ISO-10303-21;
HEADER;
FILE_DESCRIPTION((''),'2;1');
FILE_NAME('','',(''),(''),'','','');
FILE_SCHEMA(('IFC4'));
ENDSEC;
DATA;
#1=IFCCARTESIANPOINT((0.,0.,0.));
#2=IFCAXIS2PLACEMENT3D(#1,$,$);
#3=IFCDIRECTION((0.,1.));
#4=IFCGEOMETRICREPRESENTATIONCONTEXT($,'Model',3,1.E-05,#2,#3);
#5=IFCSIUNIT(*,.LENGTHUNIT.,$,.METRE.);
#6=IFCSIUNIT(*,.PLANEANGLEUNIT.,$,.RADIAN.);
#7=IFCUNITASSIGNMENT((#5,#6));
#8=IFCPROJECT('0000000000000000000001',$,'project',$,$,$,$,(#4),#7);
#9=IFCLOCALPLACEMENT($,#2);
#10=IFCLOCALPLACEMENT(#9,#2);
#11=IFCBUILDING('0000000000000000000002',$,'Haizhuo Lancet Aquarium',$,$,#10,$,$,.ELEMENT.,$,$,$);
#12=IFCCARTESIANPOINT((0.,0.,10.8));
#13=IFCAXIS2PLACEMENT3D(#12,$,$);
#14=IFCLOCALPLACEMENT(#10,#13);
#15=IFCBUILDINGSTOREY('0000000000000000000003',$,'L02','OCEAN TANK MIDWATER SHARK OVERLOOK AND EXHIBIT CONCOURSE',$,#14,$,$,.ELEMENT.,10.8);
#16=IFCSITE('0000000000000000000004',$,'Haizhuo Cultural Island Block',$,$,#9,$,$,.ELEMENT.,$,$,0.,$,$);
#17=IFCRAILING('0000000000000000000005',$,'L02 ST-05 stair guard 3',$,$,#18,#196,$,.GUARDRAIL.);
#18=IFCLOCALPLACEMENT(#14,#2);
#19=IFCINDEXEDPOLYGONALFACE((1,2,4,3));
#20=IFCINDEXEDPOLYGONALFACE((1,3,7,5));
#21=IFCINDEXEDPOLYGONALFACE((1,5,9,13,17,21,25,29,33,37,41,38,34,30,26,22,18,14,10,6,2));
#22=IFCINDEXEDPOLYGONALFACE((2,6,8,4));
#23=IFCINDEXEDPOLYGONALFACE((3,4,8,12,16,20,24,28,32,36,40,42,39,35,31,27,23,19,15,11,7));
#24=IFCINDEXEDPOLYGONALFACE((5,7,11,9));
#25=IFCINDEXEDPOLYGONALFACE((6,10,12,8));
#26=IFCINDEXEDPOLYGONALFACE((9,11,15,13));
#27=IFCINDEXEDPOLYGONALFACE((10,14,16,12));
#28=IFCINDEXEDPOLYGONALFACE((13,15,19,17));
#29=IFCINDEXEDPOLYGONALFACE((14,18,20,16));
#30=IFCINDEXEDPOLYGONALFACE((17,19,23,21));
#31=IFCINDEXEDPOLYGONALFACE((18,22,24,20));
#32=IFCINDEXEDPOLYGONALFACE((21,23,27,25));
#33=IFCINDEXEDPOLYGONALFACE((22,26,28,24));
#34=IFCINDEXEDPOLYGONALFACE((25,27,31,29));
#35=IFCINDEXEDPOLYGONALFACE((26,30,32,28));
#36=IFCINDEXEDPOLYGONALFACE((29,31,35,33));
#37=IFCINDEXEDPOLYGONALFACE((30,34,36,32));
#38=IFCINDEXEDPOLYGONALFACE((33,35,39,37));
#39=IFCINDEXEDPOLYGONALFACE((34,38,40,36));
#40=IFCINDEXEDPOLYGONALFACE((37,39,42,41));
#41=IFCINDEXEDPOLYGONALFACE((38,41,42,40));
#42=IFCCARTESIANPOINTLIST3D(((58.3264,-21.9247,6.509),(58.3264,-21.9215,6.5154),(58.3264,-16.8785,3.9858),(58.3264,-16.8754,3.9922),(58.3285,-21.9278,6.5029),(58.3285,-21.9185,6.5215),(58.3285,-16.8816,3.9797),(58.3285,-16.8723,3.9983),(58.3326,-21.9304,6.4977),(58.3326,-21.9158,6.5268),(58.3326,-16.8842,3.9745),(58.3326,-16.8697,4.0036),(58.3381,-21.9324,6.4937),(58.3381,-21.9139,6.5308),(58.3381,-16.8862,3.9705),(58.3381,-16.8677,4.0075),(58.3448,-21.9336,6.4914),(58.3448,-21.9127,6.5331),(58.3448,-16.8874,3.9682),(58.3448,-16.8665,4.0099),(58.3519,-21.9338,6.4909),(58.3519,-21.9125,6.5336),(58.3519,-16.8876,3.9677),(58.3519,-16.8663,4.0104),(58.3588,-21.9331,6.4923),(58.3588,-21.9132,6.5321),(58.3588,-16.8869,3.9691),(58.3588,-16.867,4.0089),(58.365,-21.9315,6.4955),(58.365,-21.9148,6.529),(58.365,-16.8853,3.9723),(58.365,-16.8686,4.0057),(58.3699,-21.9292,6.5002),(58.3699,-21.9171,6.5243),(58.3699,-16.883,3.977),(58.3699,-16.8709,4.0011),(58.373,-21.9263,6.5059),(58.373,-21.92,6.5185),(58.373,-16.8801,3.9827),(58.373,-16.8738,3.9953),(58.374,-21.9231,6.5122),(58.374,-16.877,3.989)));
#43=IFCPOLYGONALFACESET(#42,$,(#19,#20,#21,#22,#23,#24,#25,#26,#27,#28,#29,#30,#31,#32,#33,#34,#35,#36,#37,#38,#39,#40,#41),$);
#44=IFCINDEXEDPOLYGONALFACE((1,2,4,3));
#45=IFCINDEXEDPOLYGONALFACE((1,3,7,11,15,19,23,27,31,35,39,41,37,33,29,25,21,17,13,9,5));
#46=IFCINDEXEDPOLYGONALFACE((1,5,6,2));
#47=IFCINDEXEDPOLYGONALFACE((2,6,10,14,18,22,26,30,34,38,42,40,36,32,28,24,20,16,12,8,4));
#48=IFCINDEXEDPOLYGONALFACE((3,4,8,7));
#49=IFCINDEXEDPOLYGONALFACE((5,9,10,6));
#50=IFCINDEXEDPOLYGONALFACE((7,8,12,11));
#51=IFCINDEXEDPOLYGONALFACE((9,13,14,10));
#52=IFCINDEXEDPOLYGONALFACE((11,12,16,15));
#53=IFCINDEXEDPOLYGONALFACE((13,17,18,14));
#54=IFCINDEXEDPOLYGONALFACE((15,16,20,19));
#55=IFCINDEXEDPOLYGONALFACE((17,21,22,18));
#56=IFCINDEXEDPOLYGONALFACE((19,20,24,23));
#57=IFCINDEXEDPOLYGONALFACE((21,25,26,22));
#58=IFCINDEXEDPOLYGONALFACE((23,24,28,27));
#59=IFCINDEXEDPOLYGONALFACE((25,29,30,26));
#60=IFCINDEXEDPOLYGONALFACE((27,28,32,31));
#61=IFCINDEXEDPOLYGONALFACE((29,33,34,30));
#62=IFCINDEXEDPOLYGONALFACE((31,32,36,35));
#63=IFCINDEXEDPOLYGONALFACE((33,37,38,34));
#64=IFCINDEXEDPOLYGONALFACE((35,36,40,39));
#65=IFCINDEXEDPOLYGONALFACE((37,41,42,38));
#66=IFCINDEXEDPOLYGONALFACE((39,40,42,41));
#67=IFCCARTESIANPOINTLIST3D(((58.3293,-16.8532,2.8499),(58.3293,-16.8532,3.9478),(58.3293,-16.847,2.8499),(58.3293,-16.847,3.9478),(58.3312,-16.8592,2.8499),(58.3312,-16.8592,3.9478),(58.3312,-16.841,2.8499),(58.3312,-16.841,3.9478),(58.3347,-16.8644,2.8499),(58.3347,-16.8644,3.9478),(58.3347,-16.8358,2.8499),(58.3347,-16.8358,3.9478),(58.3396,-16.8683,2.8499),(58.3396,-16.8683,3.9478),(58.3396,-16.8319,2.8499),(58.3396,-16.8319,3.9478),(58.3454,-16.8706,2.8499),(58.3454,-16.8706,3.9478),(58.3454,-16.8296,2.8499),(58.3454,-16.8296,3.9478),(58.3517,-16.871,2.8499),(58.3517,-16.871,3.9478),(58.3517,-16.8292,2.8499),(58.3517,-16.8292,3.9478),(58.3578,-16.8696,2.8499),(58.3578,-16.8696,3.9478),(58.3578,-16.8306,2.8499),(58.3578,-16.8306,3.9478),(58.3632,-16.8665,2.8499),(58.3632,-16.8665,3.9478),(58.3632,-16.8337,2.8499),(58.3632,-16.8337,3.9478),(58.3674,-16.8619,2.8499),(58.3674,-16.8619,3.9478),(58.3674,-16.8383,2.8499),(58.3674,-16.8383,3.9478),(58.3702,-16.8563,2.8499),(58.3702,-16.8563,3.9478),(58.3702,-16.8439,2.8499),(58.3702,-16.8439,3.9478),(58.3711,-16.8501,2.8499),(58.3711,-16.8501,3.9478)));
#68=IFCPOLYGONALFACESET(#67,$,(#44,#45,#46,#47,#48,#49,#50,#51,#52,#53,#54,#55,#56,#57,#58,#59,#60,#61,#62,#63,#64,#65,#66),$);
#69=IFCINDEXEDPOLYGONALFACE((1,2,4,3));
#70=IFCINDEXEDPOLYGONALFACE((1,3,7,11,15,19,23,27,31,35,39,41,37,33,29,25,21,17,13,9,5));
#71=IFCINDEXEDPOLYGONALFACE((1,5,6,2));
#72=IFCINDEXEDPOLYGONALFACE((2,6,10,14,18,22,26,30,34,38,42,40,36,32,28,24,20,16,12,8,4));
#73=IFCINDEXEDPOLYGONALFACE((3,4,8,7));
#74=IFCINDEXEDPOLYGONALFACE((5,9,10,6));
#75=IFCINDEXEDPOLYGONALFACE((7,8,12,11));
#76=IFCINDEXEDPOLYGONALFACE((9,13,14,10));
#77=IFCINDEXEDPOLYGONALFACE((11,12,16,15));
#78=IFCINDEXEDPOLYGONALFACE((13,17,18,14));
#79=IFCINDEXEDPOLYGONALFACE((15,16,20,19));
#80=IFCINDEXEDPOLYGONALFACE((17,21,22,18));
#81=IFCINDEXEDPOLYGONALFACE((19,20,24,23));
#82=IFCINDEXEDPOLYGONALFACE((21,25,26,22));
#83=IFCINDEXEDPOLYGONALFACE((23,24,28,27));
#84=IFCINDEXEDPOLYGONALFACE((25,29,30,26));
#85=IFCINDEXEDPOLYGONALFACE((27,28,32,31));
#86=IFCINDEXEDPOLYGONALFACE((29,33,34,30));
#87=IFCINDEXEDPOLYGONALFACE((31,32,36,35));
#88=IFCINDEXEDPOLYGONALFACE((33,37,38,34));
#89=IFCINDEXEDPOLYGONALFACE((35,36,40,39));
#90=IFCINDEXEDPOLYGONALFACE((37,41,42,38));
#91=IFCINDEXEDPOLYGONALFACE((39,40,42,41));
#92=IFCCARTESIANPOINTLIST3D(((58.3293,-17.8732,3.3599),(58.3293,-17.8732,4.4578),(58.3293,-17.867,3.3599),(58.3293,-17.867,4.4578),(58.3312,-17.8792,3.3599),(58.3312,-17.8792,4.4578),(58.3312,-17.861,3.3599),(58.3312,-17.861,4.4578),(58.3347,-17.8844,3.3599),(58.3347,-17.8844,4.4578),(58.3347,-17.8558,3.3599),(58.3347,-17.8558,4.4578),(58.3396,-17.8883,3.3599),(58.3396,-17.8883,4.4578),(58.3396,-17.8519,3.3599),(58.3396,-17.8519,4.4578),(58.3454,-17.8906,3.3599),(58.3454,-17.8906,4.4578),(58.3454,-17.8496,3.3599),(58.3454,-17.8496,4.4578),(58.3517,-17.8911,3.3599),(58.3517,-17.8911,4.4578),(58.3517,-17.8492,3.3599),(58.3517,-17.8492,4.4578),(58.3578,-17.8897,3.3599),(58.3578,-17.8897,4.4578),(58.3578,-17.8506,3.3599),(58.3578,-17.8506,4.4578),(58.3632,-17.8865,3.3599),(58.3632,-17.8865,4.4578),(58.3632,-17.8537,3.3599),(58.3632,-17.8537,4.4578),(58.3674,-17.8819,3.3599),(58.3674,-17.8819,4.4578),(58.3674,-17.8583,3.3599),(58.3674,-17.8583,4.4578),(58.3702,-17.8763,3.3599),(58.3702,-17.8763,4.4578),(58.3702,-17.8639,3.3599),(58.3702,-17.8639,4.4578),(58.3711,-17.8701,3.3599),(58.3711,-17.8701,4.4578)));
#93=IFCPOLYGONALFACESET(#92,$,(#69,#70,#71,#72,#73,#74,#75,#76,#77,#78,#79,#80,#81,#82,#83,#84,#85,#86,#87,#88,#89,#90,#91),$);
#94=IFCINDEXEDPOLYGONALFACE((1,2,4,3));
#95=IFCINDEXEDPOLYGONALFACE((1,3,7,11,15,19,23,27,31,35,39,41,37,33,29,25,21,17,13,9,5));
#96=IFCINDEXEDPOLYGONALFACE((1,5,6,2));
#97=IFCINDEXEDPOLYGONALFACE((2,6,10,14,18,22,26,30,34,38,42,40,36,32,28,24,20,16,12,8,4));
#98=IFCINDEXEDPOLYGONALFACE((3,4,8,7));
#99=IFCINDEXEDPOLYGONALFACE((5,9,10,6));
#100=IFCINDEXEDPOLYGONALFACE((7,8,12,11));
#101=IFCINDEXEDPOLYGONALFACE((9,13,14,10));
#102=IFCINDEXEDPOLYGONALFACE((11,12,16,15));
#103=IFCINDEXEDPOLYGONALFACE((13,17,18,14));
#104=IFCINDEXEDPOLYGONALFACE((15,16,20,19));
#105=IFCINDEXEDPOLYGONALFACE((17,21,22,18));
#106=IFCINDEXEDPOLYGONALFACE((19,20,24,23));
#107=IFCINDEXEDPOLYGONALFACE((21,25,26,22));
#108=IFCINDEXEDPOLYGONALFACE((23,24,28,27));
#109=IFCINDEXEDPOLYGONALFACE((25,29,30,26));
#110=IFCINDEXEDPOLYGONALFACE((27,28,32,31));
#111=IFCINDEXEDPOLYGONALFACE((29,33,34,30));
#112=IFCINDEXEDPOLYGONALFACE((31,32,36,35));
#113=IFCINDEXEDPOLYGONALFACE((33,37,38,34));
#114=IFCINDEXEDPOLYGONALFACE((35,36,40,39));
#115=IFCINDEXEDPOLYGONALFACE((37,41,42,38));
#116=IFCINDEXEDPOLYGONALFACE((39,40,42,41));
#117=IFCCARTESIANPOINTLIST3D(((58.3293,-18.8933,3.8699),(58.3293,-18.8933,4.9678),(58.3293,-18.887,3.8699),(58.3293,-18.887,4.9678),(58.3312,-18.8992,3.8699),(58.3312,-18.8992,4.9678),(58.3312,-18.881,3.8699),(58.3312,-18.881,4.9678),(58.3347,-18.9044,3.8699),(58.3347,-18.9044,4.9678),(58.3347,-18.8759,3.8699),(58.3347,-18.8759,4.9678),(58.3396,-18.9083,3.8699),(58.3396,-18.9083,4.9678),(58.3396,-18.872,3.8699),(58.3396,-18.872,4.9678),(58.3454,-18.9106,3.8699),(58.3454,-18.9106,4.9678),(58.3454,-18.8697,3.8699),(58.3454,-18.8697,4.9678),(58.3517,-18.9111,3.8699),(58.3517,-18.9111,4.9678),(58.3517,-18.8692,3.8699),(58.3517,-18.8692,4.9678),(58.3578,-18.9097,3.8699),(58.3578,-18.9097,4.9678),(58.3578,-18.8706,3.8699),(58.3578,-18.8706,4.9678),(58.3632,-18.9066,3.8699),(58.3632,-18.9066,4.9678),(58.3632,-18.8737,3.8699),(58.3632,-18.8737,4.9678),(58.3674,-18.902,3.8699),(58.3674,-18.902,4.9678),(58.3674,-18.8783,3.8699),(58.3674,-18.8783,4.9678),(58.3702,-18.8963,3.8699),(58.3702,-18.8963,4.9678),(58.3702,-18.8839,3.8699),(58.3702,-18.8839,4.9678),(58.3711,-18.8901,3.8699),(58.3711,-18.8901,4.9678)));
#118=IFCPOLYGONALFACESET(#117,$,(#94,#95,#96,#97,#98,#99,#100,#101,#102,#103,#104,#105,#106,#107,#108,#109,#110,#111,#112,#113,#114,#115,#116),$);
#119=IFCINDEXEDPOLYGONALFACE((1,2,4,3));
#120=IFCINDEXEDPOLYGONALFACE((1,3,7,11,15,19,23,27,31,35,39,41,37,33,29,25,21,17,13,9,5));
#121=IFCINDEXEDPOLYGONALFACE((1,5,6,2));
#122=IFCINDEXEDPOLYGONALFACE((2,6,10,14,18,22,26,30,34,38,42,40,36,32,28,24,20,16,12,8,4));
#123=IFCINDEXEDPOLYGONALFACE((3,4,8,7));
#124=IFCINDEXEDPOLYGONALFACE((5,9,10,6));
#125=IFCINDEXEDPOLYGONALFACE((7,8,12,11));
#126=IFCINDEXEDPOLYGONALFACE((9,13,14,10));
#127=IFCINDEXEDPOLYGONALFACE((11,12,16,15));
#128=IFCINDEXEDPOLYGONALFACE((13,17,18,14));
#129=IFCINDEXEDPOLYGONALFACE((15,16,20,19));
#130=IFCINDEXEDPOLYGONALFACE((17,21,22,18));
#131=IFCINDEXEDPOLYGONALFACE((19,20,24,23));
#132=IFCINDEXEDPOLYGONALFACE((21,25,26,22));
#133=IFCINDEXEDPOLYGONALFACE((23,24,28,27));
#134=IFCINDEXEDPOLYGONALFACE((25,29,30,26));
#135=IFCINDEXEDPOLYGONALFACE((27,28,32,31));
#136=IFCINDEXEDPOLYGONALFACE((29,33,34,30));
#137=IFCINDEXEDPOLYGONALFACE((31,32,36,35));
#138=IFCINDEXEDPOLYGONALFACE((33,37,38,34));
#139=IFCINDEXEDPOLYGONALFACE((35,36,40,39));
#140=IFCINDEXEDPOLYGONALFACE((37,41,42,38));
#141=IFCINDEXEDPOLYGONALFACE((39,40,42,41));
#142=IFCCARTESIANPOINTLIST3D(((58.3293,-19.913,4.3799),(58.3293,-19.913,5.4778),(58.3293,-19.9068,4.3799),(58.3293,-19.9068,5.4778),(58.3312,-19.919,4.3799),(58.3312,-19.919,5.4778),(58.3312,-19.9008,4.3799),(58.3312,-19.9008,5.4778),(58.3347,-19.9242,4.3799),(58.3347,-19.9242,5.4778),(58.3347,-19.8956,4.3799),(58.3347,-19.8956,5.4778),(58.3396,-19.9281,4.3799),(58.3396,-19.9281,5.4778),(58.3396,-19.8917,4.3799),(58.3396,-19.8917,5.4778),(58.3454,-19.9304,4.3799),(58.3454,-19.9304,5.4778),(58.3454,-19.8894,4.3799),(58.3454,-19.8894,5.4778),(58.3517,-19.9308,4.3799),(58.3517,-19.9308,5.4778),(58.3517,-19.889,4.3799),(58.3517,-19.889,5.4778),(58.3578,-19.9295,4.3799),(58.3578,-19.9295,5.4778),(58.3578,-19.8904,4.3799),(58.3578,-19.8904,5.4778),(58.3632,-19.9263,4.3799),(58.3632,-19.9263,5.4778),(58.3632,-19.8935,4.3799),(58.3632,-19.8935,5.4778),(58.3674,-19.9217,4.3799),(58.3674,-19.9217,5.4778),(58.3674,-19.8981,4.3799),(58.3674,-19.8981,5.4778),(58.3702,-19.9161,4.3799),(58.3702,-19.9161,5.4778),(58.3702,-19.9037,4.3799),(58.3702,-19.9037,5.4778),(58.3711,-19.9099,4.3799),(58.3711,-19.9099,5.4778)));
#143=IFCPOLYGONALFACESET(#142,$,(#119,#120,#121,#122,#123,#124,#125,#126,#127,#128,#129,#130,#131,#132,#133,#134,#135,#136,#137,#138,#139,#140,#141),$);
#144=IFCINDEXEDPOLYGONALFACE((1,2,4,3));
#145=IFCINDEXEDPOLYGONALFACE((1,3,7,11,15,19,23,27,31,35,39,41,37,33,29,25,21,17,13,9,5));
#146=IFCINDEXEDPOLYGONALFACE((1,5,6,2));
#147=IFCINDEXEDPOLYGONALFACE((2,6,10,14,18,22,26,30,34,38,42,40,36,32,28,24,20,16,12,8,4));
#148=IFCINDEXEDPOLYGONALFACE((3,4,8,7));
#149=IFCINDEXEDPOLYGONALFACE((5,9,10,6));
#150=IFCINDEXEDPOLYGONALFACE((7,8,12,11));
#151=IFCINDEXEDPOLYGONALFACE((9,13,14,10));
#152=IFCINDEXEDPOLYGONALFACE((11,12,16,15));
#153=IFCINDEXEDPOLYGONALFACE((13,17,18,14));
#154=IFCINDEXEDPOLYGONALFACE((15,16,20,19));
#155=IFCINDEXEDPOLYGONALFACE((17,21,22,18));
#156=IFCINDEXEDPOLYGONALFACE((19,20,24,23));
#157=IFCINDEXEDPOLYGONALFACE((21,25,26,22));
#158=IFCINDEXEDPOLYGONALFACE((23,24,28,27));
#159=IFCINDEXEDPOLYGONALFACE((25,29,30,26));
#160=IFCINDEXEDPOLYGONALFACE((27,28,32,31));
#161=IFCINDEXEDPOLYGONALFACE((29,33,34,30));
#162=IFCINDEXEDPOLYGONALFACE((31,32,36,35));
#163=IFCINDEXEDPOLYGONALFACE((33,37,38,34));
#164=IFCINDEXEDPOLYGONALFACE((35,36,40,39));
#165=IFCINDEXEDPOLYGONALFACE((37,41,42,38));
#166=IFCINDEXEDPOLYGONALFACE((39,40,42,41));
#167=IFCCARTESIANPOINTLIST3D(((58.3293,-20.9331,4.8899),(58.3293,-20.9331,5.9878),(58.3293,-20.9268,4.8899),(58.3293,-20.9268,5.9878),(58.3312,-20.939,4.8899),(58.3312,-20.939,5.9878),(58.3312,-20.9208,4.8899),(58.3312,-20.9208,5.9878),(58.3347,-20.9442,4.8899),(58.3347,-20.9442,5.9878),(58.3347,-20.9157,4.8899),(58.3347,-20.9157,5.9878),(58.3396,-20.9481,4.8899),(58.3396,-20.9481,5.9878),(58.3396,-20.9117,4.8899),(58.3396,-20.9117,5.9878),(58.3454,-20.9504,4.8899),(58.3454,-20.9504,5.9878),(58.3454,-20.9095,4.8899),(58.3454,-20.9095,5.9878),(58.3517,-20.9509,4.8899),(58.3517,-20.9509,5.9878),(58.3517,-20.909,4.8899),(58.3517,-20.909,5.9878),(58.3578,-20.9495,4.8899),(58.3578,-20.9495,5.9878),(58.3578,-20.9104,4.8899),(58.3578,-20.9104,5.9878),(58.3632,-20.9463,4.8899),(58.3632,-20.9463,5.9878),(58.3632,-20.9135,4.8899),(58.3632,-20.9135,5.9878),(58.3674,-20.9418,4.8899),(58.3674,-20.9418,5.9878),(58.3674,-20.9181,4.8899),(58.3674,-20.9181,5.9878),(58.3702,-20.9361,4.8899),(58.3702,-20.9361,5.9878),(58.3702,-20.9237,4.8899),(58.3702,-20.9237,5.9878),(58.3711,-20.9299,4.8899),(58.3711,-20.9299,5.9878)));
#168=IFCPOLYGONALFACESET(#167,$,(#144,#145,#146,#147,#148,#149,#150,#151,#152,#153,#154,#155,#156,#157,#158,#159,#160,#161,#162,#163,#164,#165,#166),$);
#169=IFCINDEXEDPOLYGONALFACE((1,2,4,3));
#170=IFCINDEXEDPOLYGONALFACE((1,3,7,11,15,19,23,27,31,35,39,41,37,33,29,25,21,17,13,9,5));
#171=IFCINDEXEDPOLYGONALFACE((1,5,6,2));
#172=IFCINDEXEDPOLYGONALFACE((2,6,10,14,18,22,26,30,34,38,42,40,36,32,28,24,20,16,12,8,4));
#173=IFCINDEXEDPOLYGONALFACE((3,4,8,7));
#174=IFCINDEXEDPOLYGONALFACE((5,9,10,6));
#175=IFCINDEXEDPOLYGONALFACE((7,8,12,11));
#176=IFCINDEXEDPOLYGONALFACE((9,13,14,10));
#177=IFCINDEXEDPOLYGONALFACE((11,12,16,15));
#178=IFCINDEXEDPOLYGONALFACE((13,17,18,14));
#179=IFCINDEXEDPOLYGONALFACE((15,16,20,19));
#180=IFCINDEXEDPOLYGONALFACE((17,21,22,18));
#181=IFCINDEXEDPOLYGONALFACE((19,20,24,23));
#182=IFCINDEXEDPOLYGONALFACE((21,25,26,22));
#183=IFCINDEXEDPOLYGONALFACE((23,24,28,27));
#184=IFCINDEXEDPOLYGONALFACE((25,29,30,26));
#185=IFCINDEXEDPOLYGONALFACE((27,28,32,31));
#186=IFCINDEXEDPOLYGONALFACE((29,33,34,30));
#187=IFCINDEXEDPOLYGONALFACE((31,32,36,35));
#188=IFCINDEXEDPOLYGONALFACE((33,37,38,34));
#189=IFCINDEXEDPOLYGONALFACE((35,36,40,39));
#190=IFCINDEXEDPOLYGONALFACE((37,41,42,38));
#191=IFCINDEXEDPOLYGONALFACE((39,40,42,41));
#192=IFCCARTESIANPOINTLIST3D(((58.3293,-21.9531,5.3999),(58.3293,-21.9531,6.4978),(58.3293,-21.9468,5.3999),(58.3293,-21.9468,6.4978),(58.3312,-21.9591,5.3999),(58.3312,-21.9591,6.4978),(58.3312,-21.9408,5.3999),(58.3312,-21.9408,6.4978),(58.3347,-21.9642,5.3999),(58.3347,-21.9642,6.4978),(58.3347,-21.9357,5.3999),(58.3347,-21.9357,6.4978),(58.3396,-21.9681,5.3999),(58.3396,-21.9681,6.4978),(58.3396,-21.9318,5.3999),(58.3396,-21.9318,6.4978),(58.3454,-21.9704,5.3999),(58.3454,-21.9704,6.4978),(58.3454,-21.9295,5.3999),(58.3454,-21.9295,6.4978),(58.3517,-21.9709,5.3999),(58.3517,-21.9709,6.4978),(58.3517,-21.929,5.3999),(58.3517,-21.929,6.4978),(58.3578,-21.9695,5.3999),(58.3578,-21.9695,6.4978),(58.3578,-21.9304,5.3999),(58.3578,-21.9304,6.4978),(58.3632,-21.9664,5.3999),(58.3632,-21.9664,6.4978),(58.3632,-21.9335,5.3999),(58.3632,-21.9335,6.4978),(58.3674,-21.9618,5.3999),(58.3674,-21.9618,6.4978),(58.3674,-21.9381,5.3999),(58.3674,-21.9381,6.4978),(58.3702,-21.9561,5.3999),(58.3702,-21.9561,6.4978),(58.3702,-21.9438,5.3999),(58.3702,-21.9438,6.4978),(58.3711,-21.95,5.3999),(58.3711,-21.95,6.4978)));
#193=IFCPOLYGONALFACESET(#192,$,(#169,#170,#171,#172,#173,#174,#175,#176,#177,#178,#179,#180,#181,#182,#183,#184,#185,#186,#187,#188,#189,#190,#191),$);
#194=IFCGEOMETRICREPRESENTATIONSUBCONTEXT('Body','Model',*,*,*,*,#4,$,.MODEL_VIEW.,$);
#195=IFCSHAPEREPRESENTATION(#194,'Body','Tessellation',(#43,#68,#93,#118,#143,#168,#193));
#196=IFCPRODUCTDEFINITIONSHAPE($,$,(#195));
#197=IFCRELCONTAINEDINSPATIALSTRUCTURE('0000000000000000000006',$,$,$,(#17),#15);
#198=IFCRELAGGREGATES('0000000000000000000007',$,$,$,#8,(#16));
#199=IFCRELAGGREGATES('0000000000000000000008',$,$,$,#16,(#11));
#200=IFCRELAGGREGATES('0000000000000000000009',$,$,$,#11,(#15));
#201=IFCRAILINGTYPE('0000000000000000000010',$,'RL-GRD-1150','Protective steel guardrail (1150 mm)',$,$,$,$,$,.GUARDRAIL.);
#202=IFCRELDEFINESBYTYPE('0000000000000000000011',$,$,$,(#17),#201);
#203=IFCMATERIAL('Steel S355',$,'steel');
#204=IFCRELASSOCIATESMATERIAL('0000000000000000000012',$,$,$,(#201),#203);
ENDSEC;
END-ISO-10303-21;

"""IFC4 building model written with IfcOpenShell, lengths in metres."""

from ifc_helpers import new_model, si_unit, direction, frame, origin, origin_2d, place, context, subcontext, project, spatial, circle, extrude, material, type_object, element, save


model = new_model("IFC4")

# Units and contexts
model_context = context("Model", 3, precision=1e-05, world=origin(), true_north=direction((0.0, 1.0)))
body_context = subcontext(model_context, "Body", "Model", "MODEL_VIEW")
ifc_project = project(units=[si_unit("LENGTHUNIT", "METRE"), si_unit("PLANEANGLEUNIT", "RADIAN")], contexts=[model_context])

# Site, building, storey
site_placement = place(None, origin())
site = spatial("IfcSite", under=ifc_project, at=site_placement, Name="Haizhuo Cultural Island Block", CompositionType="ELEMENT", RefElevation=0.0)
building_placement = place(site_placement, origin())
building = spatial("IfcBuilding", under=site, at=building_placement, Name="Haizhuo Lancet Aquarium", CompositionType="ELEMENT")
storey_placement = place(building_placement, frame((0.0, 0.0, 10.8)))
storey = spatial("IfcBuildingStorey", under=building, at=storey_placement, Name="L02", Description="OCEAN TANK MIDWATER SHARK OVERLOOK AND EXHIBIT CONCOURSE", CompositionType="ELEMENT", Elevation=10.8)

# Shared definitions
ifc_material_1 = material(Name="Steel S355", Category="steel")

# Railing
railing_type_1 = type_object("IfcRailingType", Name="RL-GRD-1150", Description="Protective steel guardrail (1150 mm)", PredefinedType="GUARDRAIL", material=ifc_material_1)
railing_1_placement = place(storey_placement, frame((58.3501, -16.8501, 2.8499)))
element("IfcRailing", 1, at=railing_1_placement, inside=storey, type_object=railing_type_1, Name="L02 ST-05 stair guard 3", PredefinedType="GUARDRAIL", context=body_context, shape_type="SweptSolid", body=[
    extrude(circle(Radius=0.0239, at=origin_2d()), frame((0.0, -0.0269, 1.1392), z_axis=(0.0, -0.894419, 0.447231), x_axis=(1.0, 0.0, 0.0)), (0.0, 0.0, 1.0), 5.6418),
    extrude(circle(Radius=0.021, at=origin_2d()), origin(), (0.0, 0.0, 1.0), 1.0979),
    extrude(circle(Radius=0.021, at=origin_2d()), frame((0.0, -1.02, 0.51)), (0.0, 0.0, 1.0), 1.0979),
    extrude(circle(Radius=0.021, at=origin_2d()), frame((0.0, -2.04, 1.02)), (0.0, 0.0, 1.0), 1.0979),
    extrude(circle(Radius=0.021, at=origin_2d()), frame((0.0, -3.0598, 1.53)), (0.0, 0.0, 1.0), 1.0979),
    extrude(circle(Radius=0.021, at=origin_2d()), frame((0.0, -4.0798, 2.04)), (0.0, 0.0, 1.0), 1.0979),
    extrude(circle(Radius=0.021, at=origin_2d()), frame((0.0, -5.0999, 2.55)), (0.0, 0.0, 1.0), 1.0979),
])

save(model, "model.ifc")
